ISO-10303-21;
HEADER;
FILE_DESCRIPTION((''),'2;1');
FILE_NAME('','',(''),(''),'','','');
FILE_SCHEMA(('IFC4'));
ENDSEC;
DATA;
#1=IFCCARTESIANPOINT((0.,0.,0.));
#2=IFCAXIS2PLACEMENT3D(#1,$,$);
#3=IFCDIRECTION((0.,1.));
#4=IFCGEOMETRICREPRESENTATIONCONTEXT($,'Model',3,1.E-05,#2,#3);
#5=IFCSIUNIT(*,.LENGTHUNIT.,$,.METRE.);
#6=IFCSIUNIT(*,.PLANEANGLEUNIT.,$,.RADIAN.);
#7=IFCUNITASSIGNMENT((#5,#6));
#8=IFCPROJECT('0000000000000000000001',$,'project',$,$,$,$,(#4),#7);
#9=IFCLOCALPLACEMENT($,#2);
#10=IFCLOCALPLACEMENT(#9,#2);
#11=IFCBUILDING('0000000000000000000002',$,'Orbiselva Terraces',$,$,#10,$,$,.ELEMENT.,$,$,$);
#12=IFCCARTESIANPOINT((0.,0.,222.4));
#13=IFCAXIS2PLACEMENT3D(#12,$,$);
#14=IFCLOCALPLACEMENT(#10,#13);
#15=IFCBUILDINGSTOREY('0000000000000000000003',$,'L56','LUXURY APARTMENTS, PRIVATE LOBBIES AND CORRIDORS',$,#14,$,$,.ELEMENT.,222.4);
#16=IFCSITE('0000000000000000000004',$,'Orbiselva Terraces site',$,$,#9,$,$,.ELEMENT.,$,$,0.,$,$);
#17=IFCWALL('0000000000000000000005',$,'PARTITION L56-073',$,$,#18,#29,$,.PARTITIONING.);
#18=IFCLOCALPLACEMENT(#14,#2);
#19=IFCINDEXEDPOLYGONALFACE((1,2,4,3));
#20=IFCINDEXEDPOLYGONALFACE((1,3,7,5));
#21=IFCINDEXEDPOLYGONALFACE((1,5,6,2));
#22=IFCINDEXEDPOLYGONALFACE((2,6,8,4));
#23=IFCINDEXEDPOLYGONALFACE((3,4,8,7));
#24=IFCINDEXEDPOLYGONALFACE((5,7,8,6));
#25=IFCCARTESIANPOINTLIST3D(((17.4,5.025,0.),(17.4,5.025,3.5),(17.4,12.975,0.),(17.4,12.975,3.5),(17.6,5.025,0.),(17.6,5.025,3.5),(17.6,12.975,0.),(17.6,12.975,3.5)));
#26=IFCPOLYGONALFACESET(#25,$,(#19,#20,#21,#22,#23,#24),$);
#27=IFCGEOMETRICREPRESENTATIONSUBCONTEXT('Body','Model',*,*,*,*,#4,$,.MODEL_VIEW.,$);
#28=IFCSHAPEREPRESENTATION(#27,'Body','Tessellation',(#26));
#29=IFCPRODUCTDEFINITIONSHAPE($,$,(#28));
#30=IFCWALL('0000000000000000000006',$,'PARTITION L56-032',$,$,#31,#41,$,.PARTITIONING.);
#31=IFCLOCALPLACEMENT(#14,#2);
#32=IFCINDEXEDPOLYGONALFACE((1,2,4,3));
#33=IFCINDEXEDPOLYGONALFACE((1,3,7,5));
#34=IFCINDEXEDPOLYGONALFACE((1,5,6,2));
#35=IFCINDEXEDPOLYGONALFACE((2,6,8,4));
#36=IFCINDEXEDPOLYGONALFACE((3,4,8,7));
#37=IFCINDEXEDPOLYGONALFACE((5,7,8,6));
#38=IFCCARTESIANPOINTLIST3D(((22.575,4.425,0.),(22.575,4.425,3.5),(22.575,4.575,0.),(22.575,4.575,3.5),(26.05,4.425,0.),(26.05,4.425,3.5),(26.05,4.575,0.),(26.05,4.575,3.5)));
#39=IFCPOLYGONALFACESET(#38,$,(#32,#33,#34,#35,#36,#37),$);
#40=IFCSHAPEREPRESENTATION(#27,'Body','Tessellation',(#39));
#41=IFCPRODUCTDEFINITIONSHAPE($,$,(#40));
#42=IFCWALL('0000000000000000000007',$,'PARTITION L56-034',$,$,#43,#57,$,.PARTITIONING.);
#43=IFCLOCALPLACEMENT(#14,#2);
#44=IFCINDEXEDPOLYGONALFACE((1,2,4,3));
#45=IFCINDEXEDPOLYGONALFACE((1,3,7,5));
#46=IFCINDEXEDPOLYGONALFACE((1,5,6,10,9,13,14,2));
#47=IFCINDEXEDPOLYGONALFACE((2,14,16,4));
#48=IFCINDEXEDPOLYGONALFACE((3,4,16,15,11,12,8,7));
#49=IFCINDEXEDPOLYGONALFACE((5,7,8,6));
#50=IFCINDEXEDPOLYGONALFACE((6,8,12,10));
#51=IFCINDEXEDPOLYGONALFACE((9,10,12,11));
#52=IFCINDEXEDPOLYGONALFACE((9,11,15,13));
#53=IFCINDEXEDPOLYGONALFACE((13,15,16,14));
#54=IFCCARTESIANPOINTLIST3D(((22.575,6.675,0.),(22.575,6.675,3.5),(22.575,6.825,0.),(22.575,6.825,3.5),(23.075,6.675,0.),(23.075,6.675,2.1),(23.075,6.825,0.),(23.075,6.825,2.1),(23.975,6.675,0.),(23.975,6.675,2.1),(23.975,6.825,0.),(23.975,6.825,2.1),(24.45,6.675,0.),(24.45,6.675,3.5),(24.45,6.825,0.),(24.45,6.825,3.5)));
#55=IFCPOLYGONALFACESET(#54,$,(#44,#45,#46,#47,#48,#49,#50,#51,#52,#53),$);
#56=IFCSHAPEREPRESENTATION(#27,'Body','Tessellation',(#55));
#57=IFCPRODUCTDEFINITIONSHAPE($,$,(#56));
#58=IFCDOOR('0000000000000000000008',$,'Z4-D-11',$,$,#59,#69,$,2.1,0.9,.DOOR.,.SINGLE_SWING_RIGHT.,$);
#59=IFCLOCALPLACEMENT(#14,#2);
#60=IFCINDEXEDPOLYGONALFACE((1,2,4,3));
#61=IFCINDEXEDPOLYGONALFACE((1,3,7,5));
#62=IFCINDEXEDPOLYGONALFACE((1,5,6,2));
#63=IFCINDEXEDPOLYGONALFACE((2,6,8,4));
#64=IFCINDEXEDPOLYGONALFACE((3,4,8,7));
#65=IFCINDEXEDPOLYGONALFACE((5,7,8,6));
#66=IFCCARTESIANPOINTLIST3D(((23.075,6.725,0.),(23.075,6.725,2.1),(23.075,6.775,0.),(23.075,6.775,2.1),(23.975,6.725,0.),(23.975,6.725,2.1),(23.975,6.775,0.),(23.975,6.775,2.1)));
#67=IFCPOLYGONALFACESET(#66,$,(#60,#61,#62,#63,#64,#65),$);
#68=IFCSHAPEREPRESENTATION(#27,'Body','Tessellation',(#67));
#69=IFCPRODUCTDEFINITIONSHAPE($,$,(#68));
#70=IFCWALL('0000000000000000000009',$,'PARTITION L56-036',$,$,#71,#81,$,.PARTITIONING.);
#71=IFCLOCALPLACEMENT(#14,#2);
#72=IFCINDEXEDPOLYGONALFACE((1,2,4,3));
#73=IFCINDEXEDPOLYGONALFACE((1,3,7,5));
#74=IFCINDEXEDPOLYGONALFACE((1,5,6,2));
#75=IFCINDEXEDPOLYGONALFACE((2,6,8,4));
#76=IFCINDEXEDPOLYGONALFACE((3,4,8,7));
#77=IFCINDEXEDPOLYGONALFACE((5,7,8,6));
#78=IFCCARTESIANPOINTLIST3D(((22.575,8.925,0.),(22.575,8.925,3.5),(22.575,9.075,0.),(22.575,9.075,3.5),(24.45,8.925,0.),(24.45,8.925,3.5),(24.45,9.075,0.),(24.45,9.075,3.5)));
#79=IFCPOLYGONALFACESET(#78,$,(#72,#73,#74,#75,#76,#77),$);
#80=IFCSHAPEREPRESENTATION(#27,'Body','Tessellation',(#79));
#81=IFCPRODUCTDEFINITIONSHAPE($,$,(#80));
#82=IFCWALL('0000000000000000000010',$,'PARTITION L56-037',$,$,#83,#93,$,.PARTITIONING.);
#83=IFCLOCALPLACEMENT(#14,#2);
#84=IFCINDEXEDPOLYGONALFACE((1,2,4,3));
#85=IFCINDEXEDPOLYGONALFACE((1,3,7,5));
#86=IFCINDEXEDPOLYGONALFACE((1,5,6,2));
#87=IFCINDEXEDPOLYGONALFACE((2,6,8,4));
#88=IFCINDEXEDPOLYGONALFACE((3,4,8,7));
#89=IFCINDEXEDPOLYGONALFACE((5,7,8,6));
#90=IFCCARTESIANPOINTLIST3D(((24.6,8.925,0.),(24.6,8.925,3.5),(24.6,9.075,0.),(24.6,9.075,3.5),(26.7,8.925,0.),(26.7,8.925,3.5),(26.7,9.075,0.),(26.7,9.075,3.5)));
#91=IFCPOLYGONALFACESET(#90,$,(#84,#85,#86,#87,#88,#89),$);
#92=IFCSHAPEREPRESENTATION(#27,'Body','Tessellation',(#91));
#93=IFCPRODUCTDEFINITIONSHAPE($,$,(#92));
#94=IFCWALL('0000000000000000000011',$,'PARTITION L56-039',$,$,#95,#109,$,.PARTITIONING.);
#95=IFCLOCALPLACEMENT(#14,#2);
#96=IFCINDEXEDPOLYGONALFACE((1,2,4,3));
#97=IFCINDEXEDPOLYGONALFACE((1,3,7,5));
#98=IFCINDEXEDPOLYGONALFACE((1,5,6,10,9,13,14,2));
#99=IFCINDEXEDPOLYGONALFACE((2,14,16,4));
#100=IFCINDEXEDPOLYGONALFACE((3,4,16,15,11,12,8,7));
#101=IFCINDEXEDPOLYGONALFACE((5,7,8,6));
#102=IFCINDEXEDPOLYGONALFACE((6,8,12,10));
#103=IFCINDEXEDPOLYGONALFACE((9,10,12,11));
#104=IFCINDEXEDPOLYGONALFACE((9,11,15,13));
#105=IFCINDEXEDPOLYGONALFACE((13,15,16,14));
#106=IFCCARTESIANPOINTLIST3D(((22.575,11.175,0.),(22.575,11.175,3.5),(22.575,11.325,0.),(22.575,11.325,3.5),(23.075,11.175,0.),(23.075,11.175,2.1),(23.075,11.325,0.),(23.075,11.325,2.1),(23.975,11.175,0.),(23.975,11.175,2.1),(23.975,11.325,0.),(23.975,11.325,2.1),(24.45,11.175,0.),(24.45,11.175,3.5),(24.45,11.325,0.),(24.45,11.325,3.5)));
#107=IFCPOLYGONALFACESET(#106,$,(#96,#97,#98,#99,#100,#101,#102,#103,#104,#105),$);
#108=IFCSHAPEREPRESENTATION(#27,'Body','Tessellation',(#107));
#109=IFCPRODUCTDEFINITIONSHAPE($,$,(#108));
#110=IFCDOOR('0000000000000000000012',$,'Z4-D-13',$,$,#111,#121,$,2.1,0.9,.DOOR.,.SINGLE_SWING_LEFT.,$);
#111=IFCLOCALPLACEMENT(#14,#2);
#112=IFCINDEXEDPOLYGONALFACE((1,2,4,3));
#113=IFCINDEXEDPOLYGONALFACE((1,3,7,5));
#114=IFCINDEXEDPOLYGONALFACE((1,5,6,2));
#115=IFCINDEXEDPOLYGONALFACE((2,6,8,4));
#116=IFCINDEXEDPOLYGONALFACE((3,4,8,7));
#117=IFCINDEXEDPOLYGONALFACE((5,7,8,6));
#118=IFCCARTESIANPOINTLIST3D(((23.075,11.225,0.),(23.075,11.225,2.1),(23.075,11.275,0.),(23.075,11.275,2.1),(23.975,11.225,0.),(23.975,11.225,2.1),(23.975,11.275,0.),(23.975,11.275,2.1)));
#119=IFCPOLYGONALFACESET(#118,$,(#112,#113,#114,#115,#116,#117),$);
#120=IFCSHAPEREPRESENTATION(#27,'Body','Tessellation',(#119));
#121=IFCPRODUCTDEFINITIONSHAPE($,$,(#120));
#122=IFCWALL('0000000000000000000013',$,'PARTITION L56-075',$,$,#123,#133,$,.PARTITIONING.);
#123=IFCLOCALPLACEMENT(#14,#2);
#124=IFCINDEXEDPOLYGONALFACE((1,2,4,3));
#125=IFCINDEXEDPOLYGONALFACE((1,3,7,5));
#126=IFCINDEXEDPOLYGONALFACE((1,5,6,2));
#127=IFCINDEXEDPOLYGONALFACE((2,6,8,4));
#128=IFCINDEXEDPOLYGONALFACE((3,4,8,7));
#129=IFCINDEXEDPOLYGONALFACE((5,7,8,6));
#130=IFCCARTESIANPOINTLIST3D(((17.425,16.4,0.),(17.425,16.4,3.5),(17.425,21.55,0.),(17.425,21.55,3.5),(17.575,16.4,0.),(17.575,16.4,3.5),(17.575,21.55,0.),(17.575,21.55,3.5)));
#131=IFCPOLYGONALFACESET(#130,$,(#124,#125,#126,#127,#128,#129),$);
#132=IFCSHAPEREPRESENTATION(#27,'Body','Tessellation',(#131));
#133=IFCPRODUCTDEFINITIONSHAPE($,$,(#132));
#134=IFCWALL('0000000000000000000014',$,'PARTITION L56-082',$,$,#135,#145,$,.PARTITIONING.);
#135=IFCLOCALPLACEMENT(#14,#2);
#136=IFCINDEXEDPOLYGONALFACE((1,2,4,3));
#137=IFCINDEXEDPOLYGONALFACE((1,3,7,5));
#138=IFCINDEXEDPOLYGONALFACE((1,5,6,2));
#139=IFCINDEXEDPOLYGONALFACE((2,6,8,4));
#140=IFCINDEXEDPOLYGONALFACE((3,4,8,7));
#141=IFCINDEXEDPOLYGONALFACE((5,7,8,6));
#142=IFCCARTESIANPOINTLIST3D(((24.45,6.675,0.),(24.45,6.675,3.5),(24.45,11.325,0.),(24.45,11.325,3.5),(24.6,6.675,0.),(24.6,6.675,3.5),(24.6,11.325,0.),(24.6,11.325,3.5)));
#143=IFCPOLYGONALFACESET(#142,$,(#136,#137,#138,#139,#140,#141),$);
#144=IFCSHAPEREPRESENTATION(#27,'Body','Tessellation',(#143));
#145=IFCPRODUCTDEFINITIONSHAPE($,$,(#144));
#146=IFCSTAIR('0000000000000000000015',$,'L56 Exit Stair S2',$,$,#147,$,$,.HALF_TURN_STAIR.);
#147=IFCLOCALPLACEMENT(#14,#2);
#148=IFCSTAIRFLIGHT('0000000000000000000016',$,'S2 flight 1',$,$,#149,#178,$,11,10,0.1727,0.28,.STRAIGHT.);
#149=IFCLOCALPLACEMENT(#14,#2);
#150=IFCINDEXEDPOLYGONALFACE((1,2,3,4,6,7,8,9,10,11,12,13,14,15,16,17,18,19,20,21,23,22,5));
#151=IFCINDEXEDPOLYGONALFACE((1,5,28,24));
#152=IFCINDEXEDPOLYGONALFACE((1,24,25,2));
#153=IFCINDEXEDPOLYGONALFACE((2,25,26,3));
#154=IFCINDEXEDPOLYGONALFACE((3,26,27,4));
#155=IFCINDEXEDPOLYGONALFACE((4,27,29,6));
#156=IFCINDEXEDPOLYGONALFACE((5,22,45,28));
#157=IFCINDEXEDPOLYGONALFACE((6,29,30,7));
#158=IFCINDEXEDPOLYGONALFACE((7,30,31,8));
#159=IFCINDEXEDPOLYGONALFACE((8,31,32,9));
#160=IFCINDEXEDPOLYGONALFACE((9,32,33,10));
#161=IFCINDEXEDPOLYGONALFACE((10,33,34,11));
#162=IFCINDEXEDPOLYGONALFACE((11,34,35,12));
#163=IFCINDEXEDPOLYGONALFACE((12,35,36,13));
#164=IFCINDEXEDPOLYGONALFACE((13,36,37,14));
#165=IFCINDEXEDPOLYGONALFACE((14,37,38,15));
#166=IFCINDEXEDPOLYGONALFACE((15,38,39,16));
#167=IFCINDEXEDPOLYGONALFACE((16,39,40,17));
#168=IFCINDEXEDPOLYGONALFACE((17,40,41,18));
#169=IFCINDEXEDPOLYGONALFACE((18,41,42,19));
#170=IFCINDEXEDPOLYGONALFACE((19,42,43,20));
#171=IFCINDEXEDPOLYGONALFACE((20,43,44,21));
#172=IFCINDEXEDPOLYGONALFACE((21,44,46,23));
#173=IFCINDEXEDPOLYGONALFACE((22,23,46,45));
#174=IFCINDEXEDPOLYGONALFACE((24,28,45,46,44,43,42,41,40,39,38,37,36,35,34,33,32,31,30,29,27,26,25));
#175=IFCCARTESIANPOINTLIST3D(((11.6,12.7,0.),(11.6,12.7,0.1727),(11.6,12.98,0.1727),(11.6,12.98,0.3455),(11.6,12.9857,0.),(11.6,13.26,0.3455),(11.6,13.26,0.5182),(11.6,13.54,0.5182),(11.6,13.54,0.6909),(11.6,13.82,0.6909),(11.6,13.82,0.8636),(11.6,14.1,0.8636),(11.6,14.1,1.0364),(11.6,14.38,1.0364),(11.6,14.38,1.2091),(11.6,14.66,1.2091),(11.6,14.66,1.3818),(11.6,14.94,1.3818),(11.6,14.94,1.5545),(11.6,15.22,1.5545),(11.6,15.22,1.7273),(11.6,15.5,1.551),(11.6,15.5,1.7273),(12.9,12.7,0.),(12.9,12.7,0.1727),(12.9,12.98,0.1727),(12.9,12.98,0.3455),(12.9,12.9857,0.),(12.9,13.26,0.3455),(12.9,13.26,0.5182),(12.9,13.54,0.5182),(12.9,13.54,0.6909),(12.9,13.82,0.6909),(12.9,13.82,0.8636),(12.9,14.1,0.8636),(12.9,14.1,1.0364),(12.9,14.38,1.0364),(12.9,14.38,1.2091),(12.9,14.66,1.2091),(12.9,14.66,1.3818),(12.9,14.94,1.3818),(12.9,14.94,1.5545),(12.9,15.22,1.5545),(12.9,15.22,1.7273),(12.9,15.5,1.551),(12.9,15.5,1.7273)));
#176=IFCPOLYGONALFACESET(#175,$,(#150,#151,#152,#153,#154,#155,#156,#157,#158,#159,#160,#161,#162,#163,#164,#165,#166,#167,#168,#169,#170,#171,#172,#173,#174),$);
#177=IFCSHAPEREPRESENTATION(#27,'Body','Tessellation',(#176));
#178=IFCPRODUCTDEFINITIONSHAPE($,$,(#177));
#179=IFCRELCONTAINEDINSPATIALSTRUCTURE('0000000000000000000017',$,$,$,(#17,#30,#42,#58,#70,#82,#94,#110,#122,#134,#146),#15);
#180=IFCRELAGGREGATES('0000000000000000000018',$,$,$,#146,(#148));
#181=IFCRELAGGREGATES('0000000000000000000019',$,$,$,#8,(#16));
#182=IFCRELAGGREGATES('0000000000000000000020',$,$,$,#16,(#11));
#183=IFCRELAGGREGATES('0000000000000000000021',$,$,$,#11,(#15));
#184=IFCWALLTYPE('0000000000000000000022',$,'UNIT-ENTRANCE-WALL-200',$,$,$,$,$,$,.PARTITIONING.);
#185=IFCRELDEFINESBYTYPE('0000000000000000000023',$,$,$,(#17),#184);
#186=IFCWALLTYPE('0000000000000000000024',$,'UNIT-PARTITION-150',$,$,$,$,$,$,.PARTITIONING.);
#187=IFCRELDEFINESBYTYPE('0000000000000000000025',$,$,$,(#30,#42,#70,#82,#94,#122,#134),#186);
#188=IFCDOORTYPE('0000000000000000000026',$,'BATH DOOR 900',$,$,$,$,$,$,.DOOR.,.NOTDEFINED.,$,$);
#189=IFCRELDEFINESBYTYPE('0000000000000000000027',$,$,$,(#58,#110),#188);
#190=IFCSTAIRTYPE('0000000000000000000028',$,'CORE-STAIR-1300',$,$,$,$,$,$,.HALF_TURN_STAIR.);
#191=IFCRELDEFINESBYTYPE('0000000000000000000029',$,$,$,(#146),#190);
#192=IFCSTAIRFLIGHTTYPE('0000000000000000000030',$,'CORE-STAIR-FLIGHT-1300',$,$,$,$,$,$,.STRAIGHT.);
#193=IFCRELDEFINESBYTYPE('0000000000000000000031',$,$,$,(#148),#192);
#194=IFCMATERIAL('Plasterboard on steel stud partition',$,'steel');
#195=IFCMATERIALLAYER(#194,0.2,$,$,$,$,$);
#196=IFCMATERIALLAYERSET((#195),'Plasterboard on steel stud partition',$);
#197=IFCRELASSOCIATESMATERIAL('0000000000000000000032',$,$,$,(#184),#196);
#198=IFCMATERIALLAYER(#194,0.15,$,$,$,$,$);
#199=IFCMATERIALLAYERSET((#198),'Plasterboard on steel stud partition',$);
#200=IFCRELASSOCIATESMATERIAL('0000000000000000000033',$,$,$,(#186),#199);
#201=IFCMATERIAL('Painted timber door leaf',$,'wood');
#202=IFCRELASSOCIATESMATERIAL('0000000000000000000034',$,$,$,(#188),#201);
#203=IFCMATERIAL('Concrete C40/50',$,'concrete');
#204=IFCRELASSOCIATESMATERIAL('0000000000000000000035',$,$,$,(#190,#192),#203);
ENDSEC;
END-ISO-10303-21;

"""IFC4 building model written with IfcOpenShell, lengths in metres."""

from ifc_helpers import new_model, si_unit, direction, frame, frame_2d, origin, place, context, subcontext, project, spatial, polyline, rectangle, outline, extrude, material, layer, layer_set, type_object, element, fill, aggregate, save


model = new_model("IFC4")

# Units and contexts
model_context = context("Model", 3, precision=1e-05, world=origin(), true_north=direction((0.0, 1.0)))
body_context = subcontext(model_context, "Body", "Model", "MODEL_VIEW")
ifc_project = project(units=[si_unit("LENGTHUNIT", "METRE"), si_unit("PLANEANGLEUNIT", "RADIAN")], contexts=[model_context])

# Site, building, storey
site_placement = place(None, origin())
site = spatial("IfcSite", under=ifc_project, at=site_placement, Name="Orbiselva Terraces site", CompositionType="ELEMENT", RefElevation=0.0)
building_placement = place(site_placement, origin())
building = spatial("IfcBuilding", under=site, at=building_placement, Name="Orbiselva Terraces", CompositionType="ELEMENT")
storey_placement = place(building_placement, frame((0.0, 0.0, 222.4)))
storey = spatial("IfcBuildingStorey", under=building, at=storey_placement, Name="L56", Description="LUXURY APARTMENTS, PRIVATE LOBBIES AND CORRIDORS", CompositionType="ELEMENT", Elevation=222.4)

# Shared definitions
ifc_material_1 = material(Name="Plasterboard on steel stud partition", Category="steel")
ifc_layer_1 = layer(ifc_material_1, 0.2)
ifc_layer_set_1 = layer_set([ifc_layer_1], Name="Plasterboard on steel stud partition")
wall_type_1 = type_object("IfcWallType", Name="UNIT-ENTRANCE-WALL-200", PredefinedType="PARTITIONING", material=ifc_layer_set_1)
ifc_material_2 = material(Name="Painted timber door leaf", Category="wood")

# Walls
wall_1_placement = place(storey_placement, frame((17.5, 5.025, 0.0), z_axis=(0.0, 0.0, 1.0), x_axis=(0.0, 1.0, 0.0)))
element("IfcWall", 1, at=wall_1_placement, inside=storey, type_object=wall_type_1, Name="PARTITION L56-073", PredefinedType="PARTITIONING", context=body_context, shape_type="SweptSolid", body=[
    extrude(rectangle(XDim=7.95, YDim=0.2, at=frame_2d((3.975, 0.0))), origin(), (0.0, 0.0, 1.0), 3.5),
])
ifc_layer_2 = layer(ifc_material_1, 0.15)
ifc_layer_set_2 = layer_set([ifc_layer_2], Name="Plasterboard on steel stud partition")
wall_type_2 = type_object("IfcWallType", Name="UNIT-PARTITION-150", PredefinedType="PARTITIONING", material=ifc_layer_set_2)
wall_2_placement = place(storey_placement, frame((22.575, 4.5, 0.0), z_axis=(0.0, 0.0, 1.0), x_axis=(1.0, 0.0, 0.0)))
element("IfcWall", 2, at=wall_2_placement, inside=storey, type_object=wall_type_2, Name="PARTITION L56-032", PredefinedType="PARTITIONING", context=body_context, shape_type="SweptSolid", body=[
    extrude(rectangle(XDim=3.475, YDim=0.15, at=frame_2d((1.7375, 0.0))), origin(), (0.0, 0.0, 1.0), 3.5),
])

# Wall, opening, door
wall_3_placement = place(storey_placement, frame((22.575, 6.75, 0.0), z_axis=(0.0, 0.0, 1.0), x_axis=(1.0, 0.0, 0.0)))
wall_3 = element("IfcWall", 3, at=wall_3_placement, inside=storey, type_object=wall_type_2, Name="PARTITION L56-034", PredefinedType="PARTITIONING", context=body_context, shape_type="SweptSolid", body=[
    extrude(rectangle(XDim=1.875, YDim=0.15, at=frame_2d((0.9375, 0.0))), origin(), (0.0, 0.0, 1.0), 3.5),
])
opening_1_placement = place(wall_3_placement, frame((0.5, 0.0, 0.0)))
opening_1 = element("IfcOpeningElement", 4, at=opening_1_placement, cuts=wall_3, PredefinedType="OPENING", context=body_context, shape_type="SweptSolid", body=[
    extrude(rectangle(XDim=0.9, YDim=2.1, at=frame_2d((0.45, 1.05))), frame((0.0, 0.085, 0.0), z_axis=(0.0, -1.0, 0.0), x_axis=(1.0, 0.0, 0.0)), (0.0, 0.0, 1.0), 0.17),
])
door_type_1 = type_object("IfcDoorType", Name="BATH DOOR 900", OperationType="NOTDEFINED", PredefinedType="DOOR", material=ifc_material_2)
door_1_placement = place(opening_1_placement, origin())
door_1 = element("IfcDoor", 5, at=door_1_placement, inside=storey, type_object=door_type_1, Name="Z4-D-11", OperationType="SINGLE_SWING_RIGHT", OverallHeight=2.1, OverallWidth=0.9, PredefinedType="DOOR", context=body_context, shape_type="SweptSolid", body=[
    extrude(rectangle(XDim=0.9, YDim=2.1, at=frame_2d((0.45, 1.05))), frame((0.0, 0.025, 0.0), z_axis=(0.0, -1.0, 0.0), x_axis=(1.0, 0.0, 0.0)), (0.0, 0.0, 1.0), 0.05),
])
fill(opening_1, door_1)

# Walls
wall_4_placement = place(storey_placement, frame((22.575, 9.0, 0.0), z_axis=(0.0, 0.0, 1.0), x_axis=(1.0, 0.0, 0.0)))
element("IfcWall", 6, at=wall_4_placement, inside=storey, type_object=wall_type_2, Name="PARTITION L56-036", PredefinedType="PARTITIONING", context=body_context, shape_type="SweptSolid", body=[
    extrude(rectangle(XDim=1.875, YDim=0.15, at=frame_2d((0.9375, 0.0))), origin(), (0.0, 0.0, 1.0), 3.5),
])
wall_5_placement = place(storey_placement, frame((24.6, 9.0, 0.0), z_axis=(0.0, 0.0, 1.0), x_axis=(1.0, 0.0, 0.0)))
element("IfcWall", 7, at=wall_5_placement, inside=storey, type_object=wall_type_2, Name="PARTITION L56-037", PredefinedType="PARTITIONING", context=body_context, shape_type="SweptSolid", body=[
    extrude(rectangle(XDim=2.1, YDim=0.15, at=frame_2d((1.05, 0.0))), origin(), (0.0, 0.0, 1.0), 3.5),
])

# Wall, opening, door
wall_6_placement = place(storey_placement, frame((24.45, 11.25, 0.0), z_axis=(0.0, 0.0, 1.0), x_axis=(-1.0, 0.0, 0.0)))
wall_6 = element("IfcWall", 8, at=wall_6_placement, inside=storey, type_object=wall_type_2, Name="PARTITION L56-039", PredefinedType="PARTITIONING", context=body_context, shape_type="SweptSolid", body=[
    extrude(rectangle(XDim=1.875, YDim=0.15, at=frame_2d((0.9375, 0.0))), origin(), (0.0, 0.0, 1.0), 3.5),
])
opening_2_placement = place(wall_6_placement, frame((0.475, 0.0, 0.0)))
opening_2 = element("IfcOpeningElement", 9, at=opening_2_placement, cuts=wall_6, PredefinedType="OPENING", context=body_context, shape_type="SweptSolid", body=[
    extrude(rectangle(XDim=0.9, YDim=2.1, at=frame_2d((0.45, 1.05))), frame((0.0, 0.085, 0.0), z_axis=(0.0, -1.0, 0.0), x_axis=(1.0, 0.0, 0.0)), (0.0, 0.0, 1.0), 0.17),
])
door_2_placement = place(opening_2_placement, origin())
door_2 = element("IfcDoor", 10, at=door_2_placement, inside=storey, type_object=door_type_1, Name="Z4-D-13", OperationType="SINGLE_SWING_LEFT", OverallHeight=2.1, OverallWidth=0.9, PredefinedType="DOOR", context=body_context, shape_type="SweptSolid", body=[
    extrude(rectangle(XDim=0.9, YDim=2.1, at=frame_2d((0.45, 1.05))), frame((0.0, 0.025, 0.0), z_axis=(0.0, -1.0, 0.0), x_axis=(1.0, 0.0, 0.0)), (0.0, 0.0, 1.0), 0.05),
])
fill(opening_2, door_2)

# Walls
wall_7_placement = place(storey_placement, frame((17.5, 16.4, 0.0), z_axis=(0.0, 0.0, 1.0), x_axis=(0.0, 1.0, 0.0)))
element("IfcWall", 11, at=wall_7_placement, inside=storey, type_object=wall_type_2, Name="PARTITION L56-075", PredefinedType="PARTITIONING", context=body_context, shape_type="SweptSolid", body=[
    extrude(rectangle(XDim=5.15, YDim=0.15, at=frame_2d((2.575, 0.0))), origin(), (0.0, 0.0, 1.0), 3.5),
])
wall_8_placement = place(storey_placement, frame((24.525, 6.675, 0.0), z_axis=(0.0, 0.0, 1.0), x_axis=(0.0, 1.0, 0.0)))
element("IfcWall", 12, at=wall_8_placement, inside=storey, type_object=wall_type_2, Name="PARTITION L56-082", PredefinedType="PARTITIONING", context=body_context, shape_type="SweptSolid", body=[
    extrude(rectangle(XDim=4.65, YDim=0.15, at=frame_2d((2.325, 0.0))), origin(), (0.0, 0.0, 1.0), 3.5),
])

# Stair, stair flight
ifc_material_3 = material(Name="Concrete C40/50", Category="concrete")
stair_type = type_object("IfcStairType", Name="CORE-STAIR-1300", PredefinedType="HALF_TURN_STAIR", material=ifc_material_3)
stair_placement = place(storey_placement, origin())
stair = element("IfcStair", 13, at=stair_placement, inside=storey, type_object=stair_type, Name="L56 Exit Stair S2", PredefinedType="HALF_TURN_STAIR")
stair_flight_type = type_object("IfcStairFlightType", Name="CORE-STAIR-FLIGHT-1300", PredefinedType="STRAIGHT", material=ifc_material_3)
stair_flight_placement = place(storey_placement, frame((12.25, 12.7, 0.0), z_axis=(0.0, 0.0, 1.0), x_axis=(0.0, 1.0, 0.0)))
stair_flight = element("IfcStairFlight", 14, at=stair_flight_placement, type_object=stair_flight_type, Name="S2 flight 1", NumberOfRisers=11, NumberOfTreads=10, PredefinedType="STRAIGHT", RiserHeight=0.1727, TreadLength=0.28, context=body_context, shape_type="SweptSolid", body=[
    extrude(outline(polyline([(0.0, 0.0), (0.0, 0.1727), (0.28, 0.1727), (0.28, 0.3455), (0.56, 0.3455), (0.56, 0.5182), (0.84, 0.5182), (0.84, 0.6909), (1.12, 0.6909), (1.12, 0.8636), (1.4, 0.8636), (1.4, 1.0364), (1.68, 1.0364), (1.68, 1.2091), (1.96, 1.2091), (1.96, 1.3818), (2.24, 1.3818), (2.24, 1.5545), (2.52, 1.5545), (2.52, 1.7273), (2.8, 1.7273), (2.8, 1.9), (2.8, 1.551), (0.2857, 0.0), (0.0, 0.0)])), frame((0.0, 0.65, 0.0), z_axis=(0.0, -1.0, 0.0), x_axis=(1.0, 0.0, 0.0)), (0.0, 0.0, 1.0), 1.3),
])
aggregate(stair, [stair_flight])

save(model, "model.ifc")
